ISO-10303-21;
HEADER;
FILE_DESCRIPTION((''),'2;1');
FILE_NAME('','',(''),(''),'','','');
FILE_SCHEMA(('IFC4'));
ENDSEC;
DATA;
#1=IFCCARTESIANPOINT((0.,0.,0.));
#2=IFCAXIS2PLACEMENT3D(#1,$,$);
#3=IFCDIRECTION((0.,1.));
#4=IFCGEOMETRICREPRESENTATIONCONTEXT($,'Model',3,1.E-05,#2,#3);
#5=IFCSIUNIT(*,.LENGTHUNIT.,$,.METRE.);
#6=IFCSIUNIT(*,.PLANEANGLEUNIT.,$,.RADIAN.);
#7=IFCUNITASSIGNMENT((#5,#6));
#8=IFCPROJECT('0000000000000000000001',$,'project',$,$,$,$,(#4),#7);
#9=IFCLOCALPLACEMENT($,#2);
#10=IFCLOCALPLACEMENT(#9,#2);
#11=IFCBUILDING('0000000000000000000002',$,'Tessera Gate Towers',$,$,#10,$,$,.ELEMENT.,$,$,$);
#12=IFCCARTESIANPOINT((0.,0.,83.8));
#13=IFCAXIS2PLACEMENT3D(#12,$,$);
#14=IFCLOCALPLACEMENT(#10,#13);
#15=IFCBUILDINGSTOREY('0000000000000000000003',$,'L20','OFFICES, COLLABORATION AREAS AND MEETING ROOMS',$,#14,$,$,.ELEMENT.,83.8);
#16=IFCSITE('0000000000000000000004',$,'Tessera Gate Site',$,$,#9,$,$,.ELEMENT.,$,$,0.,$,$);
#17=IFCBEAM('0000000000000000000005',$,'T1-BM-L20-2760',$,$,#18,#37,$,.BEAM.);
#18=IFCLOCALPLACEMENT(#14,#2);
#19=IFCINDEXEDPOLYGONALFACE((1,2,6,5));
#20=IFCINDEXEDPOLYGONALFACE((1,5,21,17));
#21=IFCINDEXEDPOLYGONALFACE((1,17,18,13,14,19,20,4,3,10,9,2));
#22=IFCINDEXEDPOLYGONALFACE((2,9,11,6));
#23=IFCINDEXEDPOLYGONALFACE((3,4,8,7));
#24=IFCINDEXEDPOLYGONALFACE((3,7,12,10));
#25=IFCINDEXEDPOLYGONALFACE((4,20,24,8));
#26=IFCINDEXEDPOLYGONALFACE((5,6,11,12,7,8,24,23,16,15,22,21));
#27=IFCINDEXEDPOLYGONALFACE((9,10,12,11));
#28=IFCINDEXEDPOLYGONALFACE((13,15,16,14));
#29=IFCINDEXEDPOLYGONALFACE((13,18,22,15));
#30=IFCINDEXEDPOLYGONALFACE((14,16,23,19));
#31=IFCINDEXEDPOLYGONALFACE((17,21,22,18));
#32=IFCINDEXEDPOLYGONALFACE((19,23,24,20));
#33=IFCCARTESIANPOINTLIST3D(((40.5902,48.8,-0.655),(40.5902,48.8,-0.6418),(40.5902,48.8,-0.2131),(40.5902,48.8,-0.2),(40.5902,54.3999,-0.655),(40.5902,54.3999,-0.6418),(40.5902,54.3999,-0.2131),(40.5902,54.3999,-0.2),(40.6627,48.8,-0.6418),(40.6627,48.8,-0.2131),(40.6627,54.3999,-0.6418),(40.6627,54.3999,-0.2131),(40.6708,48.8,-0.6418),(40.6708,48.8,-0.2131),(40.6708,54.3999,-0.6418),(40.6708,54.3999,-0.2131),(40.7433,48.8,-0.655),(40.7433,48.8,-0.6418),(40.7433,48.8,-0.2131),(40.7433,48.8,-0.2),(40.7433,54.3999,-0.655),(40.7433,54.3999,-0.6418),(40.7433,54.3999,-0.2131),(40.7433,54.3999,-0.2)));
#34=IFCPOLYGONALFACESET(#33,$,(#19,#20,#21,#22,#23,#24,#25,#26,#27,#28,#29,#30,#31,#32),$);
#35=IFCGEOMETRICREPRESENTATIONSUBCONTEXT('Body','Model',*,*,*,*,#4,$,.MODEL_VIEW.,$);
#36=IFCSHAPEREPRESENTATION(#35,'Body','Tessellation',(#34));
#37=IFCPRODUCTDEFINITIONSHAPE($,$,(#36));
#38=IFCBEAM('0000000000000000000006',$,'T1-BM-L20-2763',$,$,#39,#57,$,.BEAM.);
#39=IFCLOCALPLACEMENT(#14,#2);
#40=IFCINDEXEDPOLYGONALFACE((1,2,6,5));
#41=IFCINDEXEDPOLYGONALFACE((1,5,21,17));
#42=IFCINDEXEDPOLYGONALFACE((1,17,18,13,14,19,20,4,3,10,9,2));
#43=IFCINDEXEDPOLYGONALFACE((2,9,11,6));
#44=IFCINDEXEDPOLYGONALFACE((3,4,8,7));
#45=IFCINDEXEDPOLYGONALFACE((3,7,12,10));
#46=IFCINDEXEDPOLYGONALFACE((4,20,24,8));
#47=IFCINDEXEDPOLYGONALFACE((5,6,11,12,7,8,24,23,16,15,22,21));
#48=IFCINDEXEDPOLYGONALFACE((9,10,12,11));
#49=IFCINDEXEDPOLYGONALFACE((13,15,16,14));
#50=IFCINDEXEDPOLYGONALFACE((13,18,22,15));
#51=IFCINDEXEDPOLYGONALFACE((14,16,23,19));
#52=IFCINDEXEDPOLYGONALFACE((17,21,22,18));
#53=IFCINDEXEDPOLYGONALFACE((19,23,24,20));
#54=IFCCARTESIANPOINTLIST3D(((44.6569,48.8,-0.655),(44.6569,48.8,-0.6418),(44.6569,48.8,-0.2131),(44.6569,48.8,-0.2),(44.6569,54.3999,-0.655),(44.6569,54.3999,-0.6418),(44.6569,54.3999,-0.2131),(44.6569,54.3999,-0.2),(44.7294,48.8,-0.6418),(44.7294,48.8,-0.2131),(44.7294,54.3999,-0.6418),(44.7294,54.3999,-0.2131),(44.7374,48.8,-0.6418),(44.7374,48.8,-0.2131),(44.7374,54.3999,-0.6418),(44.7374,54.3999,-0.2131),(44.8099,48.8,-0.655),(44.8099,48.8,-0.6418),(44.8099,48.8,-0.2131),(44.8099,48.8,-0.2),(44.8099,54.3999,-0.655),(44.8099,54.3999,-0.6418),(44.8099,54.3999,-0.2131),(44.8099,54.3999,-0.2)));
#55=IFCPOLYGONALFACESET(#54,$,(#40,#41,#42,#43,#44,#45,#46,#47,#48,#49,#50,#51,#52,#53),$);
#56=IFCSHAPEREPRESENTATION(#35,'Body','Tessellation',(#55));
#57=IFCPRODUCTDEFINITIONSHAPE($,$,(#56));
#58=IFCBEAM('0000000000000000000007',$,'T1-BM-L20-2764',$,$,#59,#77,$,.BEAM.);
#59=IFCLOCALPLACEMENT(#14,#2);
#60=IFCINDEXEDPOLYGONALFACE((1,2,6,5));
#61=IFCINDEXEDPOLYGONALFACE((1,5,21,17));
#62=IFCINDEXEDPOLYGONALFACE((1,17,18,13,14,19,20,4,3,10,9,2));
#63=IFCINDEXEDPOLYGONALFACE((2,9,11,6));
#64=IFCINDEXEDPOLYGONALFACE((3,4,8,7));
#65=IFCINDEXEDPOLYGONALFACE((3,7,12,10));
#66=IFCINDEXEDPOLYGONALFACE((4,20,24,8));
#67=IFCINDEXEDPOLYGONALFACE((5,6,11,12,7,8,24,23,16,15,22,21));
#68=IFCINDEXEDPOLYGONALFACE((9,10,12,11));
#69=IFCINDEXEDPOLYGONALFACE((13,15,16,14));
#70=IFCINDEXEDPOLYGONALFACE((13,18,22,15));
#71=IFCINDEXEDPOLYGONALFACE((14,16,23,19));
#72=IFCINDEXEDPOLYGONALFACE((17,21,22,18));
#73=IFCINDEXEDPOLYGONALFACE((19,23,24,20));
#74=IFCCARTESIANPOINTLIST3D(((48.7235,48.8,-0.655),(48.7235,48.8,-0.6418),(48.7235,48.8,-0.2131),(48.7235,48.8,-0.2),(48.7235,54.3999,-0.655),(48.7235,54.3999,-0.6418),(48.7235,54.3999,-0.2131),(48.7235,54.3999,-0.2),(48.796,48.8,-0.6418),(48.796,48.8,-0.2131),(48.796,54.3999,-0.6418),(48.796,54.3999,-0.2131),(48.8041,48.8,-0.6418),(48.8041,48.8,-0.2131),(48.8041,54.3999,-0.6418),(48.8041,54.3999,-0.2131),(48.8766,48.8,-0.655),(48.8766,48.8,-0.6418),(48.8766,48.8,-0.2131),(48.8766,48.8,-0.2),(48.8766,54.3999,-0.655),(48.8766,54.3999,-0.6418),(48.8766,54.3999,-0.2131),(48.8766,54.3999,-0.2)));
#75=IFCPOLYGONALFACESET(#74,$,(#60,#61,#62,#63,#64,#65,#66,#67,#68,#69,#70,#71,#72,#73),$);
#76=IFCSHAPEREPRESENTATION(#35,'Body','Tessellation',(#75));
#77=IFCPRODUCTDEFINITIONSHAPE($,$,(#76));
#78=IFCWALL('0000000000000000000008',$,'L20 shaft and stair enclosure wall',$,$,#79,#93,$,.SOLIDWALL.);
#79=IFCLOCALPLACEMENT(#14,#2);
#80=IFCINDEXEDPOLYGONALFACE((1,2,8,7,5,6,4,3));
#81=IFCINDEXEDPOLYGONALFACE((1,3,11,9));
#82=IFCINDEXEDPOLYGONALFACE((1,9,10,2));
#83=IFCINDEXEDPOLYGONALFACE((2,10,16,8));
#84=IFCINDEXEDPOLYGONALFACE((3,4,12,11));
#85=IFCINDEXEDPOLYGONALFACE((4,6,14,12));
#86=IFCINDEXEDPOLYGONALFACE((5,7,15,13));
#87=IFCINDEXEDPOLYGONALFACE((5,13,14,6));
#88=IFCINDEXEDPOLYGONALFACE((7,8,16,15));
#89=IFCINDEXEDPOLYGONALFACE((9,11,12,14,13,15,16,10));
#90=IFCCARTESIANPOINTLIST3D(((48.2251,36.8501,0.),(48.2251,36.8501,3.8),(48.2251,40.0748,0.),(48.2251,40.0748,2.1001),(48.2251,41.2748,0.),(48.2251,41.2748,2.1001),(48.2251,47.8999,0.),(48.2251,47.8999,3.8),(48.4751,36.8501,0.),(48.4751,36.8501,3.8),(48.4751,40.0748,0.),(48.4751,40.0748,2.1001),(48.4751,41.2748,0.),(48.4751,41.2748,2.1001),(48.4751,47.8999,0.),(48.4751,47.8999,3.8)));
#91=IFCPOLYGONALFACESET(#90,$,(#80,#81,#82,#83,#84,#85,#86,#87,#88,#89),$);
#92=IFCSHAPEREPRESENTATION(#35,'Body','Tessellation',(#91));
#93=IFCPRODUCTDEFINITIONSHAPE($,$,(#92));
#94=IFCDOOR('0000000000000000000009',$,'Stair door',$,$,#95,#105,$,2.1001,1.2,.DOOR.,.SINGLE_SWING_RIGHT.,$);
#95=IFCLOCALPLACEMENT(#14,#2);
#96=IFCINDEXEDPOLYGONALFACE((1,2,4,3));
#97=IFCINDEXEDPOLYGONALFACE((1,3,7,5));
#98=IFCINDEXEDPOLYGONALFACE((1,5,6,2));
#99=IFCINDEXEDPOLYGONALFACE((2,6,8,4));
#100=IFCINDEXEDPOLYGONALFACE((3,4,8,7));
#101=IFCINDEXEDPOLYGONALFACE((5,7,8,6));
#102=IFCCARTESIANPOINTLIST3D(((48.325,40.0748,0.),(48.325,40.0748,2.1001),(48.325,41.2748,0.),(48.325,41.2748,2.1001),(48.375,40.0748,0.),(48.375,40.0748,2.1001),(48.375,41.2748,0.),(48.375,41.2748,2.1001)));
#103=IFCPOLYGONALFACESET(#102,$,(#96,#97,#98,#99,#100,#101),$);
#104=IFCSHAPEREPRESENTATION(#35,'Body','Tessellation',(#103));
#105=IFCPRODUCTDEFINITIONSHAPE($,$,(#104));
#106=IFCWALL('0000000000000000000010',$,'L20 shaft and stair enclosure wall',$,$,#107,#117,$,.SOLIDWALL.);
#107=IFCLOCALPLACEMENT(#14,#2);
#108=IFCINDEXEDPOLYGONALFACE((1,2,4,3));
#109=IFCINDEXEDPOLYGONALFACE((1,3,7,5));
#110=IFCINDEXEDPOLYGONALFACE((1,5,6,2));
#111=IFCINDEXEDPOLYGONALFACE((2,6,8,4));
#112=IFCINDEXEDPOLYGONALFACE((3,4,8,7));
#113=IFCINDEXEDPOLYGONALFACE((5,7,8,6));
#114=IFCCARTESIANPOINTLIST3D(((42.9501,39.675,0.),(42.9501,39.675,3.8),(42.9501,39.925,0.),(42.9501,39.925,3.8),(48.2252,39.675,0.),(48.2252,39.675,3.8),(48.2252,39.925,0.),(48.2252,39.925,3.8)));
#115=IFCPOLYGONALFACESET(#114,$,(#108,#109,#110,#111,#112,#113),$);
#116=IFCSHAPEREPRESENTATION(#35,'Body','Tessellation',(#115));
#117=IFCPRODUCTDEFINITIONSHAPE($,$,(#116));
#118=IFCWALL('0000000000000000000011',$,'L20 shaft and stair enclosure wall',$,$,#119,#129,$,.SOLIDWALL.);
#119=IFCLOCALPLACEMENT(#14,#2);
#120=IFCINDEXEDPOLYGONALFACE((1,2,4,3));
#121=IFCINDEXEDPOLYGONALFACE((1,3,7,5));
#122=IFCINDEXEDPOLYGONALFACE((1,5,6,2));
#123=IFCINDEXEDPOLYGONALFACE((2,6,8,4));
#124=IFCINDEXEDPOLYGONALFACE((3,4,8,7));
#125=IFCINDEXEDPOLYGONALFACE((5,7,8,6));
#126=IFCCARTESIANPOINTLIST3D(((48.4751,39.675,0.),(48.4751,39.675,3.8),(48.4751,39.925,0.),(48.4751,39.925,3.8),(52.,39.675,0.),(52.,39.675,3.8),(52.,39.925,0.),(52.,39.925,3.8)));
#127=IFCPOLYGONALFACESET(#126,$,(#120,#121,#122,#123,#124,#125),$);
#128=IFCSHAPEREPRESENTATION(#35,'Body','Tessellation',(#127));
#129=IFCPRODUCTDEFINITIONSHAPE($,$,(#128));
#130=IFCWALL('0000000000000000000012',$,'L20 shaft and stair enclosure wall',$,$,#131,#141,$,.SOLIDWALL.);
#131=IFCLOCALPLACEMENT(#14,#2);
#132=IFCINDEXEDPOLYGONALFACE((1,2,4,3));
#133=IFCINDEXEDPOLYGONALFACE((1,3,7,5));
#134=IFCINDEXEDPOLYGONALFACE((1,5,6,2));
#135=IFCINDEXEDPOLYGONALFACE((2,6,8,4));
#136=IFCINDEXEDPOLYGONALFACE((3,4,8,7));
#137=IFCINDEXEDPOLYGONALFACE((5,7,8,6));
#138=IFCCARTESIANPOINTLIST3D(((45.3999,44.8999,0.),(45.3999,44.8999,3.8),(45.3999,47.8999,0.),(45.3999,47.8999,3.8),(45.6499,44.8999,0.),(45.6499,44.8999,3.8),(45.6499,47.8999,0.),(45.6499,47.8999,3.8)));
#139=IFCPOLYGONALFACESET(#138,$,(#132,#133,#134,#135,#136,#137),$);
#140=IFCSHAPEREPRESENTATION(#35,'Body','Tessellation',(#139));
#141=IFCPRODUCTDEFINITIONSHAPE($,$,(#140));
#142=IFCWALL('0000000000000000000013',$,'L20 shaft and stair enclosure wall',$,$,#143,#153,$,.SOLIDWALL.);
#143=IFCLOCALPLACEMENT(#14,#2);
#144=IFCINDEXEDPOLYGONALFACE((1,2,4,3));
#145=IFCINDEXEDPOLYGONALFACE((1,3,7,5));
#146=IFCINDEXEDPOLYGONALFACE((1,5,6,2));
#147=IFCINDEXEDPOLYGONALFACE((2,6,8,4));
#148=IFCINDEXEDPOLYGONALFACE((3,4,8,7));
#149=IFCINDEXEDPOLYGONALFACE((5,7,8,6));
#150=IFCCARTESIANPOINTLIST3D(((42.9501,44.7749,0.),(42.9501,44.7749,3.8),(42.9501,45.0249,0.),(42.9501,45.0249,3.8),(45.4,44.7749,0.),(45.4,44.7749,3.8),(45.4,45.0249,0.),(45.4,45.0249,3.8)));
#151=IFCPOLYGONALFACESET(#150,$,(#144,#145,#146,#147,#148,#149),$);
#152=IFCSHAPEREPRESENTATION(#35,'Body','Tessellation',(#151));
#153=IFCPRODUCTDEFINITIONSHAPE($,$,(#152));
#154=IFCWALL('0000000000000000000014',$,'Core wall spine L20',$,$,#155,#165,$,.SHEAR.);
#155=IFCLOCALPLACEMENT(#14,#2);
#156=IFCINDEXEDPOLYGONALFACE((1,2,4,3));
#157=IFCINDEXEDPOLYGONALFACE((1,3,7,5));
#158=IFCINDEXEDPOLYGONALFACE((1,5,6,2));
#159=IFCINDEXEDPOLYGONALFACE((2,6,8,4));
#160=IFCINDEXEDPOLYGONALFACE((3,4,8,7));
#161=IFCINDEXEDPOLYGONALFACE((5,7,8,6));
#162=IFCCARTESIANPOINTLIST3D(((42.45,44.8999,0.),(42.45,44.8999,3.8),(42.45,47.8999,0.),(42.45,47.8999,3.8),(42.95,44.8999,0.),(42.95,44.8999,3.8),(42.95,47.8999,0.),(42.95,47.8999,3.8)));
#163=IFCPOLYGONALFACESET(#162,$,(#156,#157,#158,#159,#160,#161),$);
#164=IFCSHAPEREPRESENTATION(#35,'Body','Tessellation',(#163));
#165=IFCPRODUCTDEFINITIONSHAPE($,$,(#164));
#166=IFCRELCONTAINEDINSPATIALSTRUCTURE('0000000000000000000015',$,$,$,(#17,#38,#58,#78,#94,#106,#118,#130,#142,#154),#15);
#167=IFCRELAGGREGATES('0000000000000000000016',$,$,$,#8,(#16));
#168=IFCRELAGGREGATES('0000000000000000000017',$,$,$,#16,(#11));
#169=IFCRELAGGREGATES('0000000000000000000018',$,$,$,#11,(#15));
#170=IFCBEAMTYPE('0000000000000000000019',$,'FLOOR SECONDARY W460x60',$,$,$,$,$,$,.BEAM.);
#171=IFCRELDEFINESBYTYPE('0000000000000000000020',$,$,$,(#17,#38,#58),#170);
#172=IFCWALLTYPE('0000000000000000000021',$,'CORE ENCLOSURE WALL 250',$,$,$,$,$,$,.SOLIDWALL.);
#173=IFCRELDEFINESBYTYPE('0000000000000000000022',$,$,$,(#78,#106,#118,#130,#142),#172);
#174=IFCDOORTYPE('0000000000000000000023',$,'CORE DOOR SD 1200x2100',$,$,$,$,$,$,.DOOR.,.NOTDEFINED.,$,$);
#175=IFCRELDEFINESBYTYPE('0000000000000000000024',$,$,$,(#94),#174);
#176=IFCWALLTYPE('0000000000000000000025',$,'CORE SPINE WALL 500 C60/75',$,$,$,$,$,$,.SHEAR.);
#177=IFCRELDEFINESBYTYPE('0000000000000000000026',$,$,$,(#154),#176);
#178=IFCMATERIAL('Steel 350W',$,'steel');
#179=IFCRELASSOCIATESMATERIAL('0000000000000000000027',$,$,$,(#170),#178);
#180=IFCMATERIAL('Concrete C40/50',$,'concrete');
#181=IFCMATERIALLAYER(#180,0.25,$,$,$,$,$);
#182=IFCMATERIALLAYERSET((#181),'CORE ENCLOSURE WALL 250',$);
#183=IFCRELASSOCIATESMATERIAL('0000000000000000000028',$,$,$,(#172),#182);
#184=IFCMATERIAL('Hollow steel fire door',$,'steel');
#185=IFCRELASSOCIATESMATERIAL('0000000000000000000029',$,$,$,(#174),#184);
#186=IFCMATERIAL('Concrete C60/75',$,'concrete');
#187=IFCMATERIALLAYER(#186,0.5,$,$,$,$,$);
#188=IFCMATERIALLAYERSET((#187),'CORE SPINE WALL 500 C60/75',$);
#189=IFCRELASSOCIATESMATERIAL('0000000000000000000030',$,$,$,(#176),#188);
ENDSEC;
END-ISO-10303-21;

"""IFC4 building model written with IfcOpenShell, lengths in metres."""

from ifc_helpers import new_model, si_unit, direction, frame, frame_2d, origin, origin_2d, place, context, subcontext, project, spatial, rectangle, i_section, extrude, source, transform, mapped, material, layer, layer_set, material_profile, profile_set, type_object, element, fill, save


model = new_model("IFC4")

# Units and contexts
model_context = context("Model", 3, precision=1e-05, world=origin(), true_north=direction((0.0, 1.0)))
body_context = subcontext(model_context, "Body", "Model", "MODEL_VIEW")
ifc_project = project(units=[si_unit("LENGTHUNIT", "METRE"), si_unit("PLANEANGLEUNIT", "RADIAN")], contexts=[model_context])

# Site, building, storey
site_placement = place(None, origin())
site = spatial("IfcSite", under=ifc_project, at=site_placement, Name="Tessera Gate Site", CompositionType="ELEMENT", RefElevation=0.0)
building_placement = place(site_placement, origin())
building = spatial("IfcBuilding", under=site, at=building_placement, Name="Tessera Gate Towers", CompositionType="ELEMENT")
storey_placement = place(building_placement, frame((0.0, 0.0, 83.8)))
storey = spatial("IfcBuildingStorey", under=building, at=storey_placement, Name="L20", Description="OFFICES, COLLABORATION AREAS AND MEETING ROOMS", CompositionType="ELEMENT", Elevation=83.8)

# Beams
ifc_material_1 = material(Name="Steel 350W", Category="steel")
ifc_material_profile = material_profile(ifc_material_1, i_section(OverallWidth=0.1531, OverallDepth=0.4551, WebThickness=0.0081, FlangeThickness=0.0132, at=origin_2d()), Name="W460x60")
ifc_profile_set = profile_set([ifc_material_profile], Name="Steel 350W")
beam_type = type_object("IfcBeamType", Name="FLOOR SECONDARY W460x60", PredefinedType="BEAM", material=ifc_profile_set)
for number, where, z_axis, x_axis, name in (
    (1, (40.6667, 48.8, -0.4275), (0.0, 1.0, 0.0), (-1.0, 0.0, 0.0), "T1-BM-L20-2760"),
    (2, (44.7334, 48.8, -0.4275), (0.0, 1.0, 0.0), (-1.0, 0.0, 0.0), "T1-BM-L20-2763"),
    (3, (48.8, 48.8, -0.4275), (0.0, 1.0, 0.0), (-1.0, 0.0, 0.0), "T1-BM-L20-2764"),
):
    element("IfcBeam", number, at=place(storey_placement, frame(where, z_axis=z_axis, x_axis=x_axis)), inside=storey, type_object=beam_type, Name=name, PredefinedType="BEAM", context=body_context, shape_type="SweptSolid", body=[
        extrude(i_section(OverallWidth=0.1531, OverallDepth=0.4551, WebThickness=0.0081, FlangeThickness=0.0132, at=origin_2d()), origin(), (0.0, 0.0, 1.0), 5.5999),
    ])

# Wall, opening, door
ifc_material_2 = material(Name="Concrete C40/50", Category="concrete")
ifc_layer_1 = layer(ifc_material_2, 0.25)
ifc_layer_set_1 = layer_set([ifc_layer_1], Name="CORE ENCLOSURE WALL 250")
wall_type_1 = type_object("IfcWallType", Name="CORE ENCLOSURE WALL 250", PredefinedType="SOLIDWALL", material=ifc_layer_set_1)
wall_1_placement = place(storey_placement, frame((48.3501, 47.8999, 0.0), z_axis=(0.0, 0.0, 1.0), x_axis=(0.0, -1.0, 0.0)))
wall_1 = element("IfcWall", 4, at=wall_1_placement, inside=storey, type_object=wall_type_1, Name="L20 shaft and stair enclosure wall", PredefinedType="SOLIDWALL", context=body_context, shape_type="SweptSolid", body=[
    extrude(rectangle(XDim=11.0498, YDim=0.25, at=frame_2d((5.5249, 0.0))), origin(), (0.0, 0.0, 1.0), 3.8),
])
shared_shape_1 = source(origin(), body_context, "Body", "SweptSolid", [
    extrude(rectangle(XDim=1.2, YDim=2.1001, at=frame_2d((0.6001, 1.05))), frame((0.0, 0.135, 0.0), z_axis=(0.0, -1.0, 0.0), x_axis=(1.0, 0.0, 0.0)), (0.0, 0.0, 1.0), 0.27),
])
opening_1_placement = place(wall_1_placement, frame((6.625, 0.0, 0.0)))
opening_1 = element("IfcOpeningElement", 5, at=opening_1_placement, cuts=wall_1, PredefinedType="OPENING", context=body_context, shape_type="MappedRepresentation", body=[
    mapped(shared_shape_1, transform((0.0, 0.0, 0.0), scale=1.0)),
])
ifc_material_3 = material(Name="Hollow steel fire door", Category="steel")
door_type_1 = type_object("IfcDoorType", Name="CORE DOOR SD 1200x2100", OperationType="NOTDEFINED", PredefinedType="DOOR", material=ifc_material_3)
shared_shape_2 = source(origin(), body_context, "Body", "SweptSolid", [
    extrude(rectangle(XDim=1.2, YDim=2.1001, at=frame_2d((0.6001, 1.05))), frame((0.0, 0.0249, 0.0), z_axis=(0.0, -1.0, 0.0), x_axis=(1.0, 0.0, 0.0)), (0.0, 0.0, 1.0), 0.05),
])
door_1_placement = place(opening_1_placement, origin())
door_1 = element("IfcDoor", 6, at=door_1_placement, inside=storey, type_object=door_type_1, Name="Stair door", OperationType="SINGLE_SWING_RIGHT", OverallHeight=2.1001, OverallWidth=1.2, PredefinedType="DOOR", context=body_context, shape_type="MappedRepresentation", body=[
    mapped(shared_shape_2, transform((0.0, 0.0, 0.0), scale=1.0)),
])
fill(opening_1, door_1)

# Walls
wall_2_placement = place(storey_placement, frame((42.95, 39.8, 0.0), z_axis=(0.0, 0.0, 1.0), x_axis=(1.0, 0.0, 0.0)))
element("IfcWall", 7, at=wall_2_placement, inside=storey, type_object=wall_type_1, Name="L20 shaft and stair enclosure wall", PredefinedType="SOLIDWALL", context=body_context, shape_type="SweptSolid", body=[
    extrude(rectangle(XDim=5.2751, YDim=0.25, at=frame_2d((2.6377, 0.0))), origin(), (0.0, 0.0, 1.0), 3.8),
])
wall_3_placement = place(storey_placement, frame((48.4751, 39.8, 0.0), z_axis=(0.0, 0.0, 1.0), x_axis=(1.0, 0.0, 0.0)))
element("IfcWall", 8, at=wall_3_placement, inside=storey, type_object=wall_type_1, Name="L20 shaft and stair enclosure wall", PredefinedType="SOLIDWALL", context=body_context, shape_type="SweptSolid", body=[
    extrude(rectangle(XDim=3.5249, YDim=0.25, at=frame_2d((1.7625, 0.0))), origin(), (0.0, 0.0, 1.0), 3.8),
])
wall_4_placement = place(storey_placement, frame((45.5249, 44.8999, 0.0), z_axis=(0.0, 0.0, 1.0), x_axis=(0.0, 1.0, 0.0)))
element("IfcWall", 9, at=wall_4_placement, inside=storey, type_object=wall_type_1, Name="L20 shaft and stair enclosure wall", PredefinedType="SOLIDWALL", context=body_context, shape_type="SweptSolid", body=[
    extrude(rectangle(XDim=3.0, YDim=0.25, at=frame_2d((1.5, 0.0))), origin(), (0.0, 0.0, 1.0), 3.8),
])
wall_5_placement = place(storey_placement, frame((42.95, 44.8999, 0.0), z_axis=(0.0, 0.0, 1.0), x_axis=(1.0, 0.0, 0.0)))
element("IfcWall", 10, at=wall_5_placement, inside=storey, type_object=wall_type_1, Name="L20 shaft and stair enclosure wall", PredefinedType="SOLIDWALL", context=body_context, shape_type="SweptSolid", body=[
    extrude(rectangle(XDim=2.45, YDim=0.25, at=frame_2d((1.2251, 0.0))), origin(), (0.0, 0.0, 1.0), 3.8),
])
ifc_material_4 = material(Name="Concrete C60/75", Category="concrete")
ifc_layer_2 = layer(ifc_material_4, 0.5)
ifc_layer_set_2 = layer_set([ifc_layer_2], Name="CORE SPINE WALL 500 C60/75")
wall_type_2 = type_object("IfcWallType", Name="CORE SPINE WALL 500 C60/75", PredefinedType="SHEAR", material=ifc_layer_set_2)
wall_6_placement = place(storey_placement, frame((42.7, 44.8999, 0.0), z_axis=(0.0, 0.0, 1.0), x_axis=(0.0, 1.0, 0.0)))
element("IfcWall", 11, at=wall_6_placement, inside=storey, type_object=wall_type_2, Name="Core wall spine L20", PredefinedType="SHEAR", context=body_context, shape_type="SweptSolid", body=[
    extrude(rectangle(XDim=3.0, YDim=0.5, at=frame_2d((1.5, 0.0))), origin(), (0.0, 0.0, 1.0), 3.8),
])

save(model, "model.ifc")
